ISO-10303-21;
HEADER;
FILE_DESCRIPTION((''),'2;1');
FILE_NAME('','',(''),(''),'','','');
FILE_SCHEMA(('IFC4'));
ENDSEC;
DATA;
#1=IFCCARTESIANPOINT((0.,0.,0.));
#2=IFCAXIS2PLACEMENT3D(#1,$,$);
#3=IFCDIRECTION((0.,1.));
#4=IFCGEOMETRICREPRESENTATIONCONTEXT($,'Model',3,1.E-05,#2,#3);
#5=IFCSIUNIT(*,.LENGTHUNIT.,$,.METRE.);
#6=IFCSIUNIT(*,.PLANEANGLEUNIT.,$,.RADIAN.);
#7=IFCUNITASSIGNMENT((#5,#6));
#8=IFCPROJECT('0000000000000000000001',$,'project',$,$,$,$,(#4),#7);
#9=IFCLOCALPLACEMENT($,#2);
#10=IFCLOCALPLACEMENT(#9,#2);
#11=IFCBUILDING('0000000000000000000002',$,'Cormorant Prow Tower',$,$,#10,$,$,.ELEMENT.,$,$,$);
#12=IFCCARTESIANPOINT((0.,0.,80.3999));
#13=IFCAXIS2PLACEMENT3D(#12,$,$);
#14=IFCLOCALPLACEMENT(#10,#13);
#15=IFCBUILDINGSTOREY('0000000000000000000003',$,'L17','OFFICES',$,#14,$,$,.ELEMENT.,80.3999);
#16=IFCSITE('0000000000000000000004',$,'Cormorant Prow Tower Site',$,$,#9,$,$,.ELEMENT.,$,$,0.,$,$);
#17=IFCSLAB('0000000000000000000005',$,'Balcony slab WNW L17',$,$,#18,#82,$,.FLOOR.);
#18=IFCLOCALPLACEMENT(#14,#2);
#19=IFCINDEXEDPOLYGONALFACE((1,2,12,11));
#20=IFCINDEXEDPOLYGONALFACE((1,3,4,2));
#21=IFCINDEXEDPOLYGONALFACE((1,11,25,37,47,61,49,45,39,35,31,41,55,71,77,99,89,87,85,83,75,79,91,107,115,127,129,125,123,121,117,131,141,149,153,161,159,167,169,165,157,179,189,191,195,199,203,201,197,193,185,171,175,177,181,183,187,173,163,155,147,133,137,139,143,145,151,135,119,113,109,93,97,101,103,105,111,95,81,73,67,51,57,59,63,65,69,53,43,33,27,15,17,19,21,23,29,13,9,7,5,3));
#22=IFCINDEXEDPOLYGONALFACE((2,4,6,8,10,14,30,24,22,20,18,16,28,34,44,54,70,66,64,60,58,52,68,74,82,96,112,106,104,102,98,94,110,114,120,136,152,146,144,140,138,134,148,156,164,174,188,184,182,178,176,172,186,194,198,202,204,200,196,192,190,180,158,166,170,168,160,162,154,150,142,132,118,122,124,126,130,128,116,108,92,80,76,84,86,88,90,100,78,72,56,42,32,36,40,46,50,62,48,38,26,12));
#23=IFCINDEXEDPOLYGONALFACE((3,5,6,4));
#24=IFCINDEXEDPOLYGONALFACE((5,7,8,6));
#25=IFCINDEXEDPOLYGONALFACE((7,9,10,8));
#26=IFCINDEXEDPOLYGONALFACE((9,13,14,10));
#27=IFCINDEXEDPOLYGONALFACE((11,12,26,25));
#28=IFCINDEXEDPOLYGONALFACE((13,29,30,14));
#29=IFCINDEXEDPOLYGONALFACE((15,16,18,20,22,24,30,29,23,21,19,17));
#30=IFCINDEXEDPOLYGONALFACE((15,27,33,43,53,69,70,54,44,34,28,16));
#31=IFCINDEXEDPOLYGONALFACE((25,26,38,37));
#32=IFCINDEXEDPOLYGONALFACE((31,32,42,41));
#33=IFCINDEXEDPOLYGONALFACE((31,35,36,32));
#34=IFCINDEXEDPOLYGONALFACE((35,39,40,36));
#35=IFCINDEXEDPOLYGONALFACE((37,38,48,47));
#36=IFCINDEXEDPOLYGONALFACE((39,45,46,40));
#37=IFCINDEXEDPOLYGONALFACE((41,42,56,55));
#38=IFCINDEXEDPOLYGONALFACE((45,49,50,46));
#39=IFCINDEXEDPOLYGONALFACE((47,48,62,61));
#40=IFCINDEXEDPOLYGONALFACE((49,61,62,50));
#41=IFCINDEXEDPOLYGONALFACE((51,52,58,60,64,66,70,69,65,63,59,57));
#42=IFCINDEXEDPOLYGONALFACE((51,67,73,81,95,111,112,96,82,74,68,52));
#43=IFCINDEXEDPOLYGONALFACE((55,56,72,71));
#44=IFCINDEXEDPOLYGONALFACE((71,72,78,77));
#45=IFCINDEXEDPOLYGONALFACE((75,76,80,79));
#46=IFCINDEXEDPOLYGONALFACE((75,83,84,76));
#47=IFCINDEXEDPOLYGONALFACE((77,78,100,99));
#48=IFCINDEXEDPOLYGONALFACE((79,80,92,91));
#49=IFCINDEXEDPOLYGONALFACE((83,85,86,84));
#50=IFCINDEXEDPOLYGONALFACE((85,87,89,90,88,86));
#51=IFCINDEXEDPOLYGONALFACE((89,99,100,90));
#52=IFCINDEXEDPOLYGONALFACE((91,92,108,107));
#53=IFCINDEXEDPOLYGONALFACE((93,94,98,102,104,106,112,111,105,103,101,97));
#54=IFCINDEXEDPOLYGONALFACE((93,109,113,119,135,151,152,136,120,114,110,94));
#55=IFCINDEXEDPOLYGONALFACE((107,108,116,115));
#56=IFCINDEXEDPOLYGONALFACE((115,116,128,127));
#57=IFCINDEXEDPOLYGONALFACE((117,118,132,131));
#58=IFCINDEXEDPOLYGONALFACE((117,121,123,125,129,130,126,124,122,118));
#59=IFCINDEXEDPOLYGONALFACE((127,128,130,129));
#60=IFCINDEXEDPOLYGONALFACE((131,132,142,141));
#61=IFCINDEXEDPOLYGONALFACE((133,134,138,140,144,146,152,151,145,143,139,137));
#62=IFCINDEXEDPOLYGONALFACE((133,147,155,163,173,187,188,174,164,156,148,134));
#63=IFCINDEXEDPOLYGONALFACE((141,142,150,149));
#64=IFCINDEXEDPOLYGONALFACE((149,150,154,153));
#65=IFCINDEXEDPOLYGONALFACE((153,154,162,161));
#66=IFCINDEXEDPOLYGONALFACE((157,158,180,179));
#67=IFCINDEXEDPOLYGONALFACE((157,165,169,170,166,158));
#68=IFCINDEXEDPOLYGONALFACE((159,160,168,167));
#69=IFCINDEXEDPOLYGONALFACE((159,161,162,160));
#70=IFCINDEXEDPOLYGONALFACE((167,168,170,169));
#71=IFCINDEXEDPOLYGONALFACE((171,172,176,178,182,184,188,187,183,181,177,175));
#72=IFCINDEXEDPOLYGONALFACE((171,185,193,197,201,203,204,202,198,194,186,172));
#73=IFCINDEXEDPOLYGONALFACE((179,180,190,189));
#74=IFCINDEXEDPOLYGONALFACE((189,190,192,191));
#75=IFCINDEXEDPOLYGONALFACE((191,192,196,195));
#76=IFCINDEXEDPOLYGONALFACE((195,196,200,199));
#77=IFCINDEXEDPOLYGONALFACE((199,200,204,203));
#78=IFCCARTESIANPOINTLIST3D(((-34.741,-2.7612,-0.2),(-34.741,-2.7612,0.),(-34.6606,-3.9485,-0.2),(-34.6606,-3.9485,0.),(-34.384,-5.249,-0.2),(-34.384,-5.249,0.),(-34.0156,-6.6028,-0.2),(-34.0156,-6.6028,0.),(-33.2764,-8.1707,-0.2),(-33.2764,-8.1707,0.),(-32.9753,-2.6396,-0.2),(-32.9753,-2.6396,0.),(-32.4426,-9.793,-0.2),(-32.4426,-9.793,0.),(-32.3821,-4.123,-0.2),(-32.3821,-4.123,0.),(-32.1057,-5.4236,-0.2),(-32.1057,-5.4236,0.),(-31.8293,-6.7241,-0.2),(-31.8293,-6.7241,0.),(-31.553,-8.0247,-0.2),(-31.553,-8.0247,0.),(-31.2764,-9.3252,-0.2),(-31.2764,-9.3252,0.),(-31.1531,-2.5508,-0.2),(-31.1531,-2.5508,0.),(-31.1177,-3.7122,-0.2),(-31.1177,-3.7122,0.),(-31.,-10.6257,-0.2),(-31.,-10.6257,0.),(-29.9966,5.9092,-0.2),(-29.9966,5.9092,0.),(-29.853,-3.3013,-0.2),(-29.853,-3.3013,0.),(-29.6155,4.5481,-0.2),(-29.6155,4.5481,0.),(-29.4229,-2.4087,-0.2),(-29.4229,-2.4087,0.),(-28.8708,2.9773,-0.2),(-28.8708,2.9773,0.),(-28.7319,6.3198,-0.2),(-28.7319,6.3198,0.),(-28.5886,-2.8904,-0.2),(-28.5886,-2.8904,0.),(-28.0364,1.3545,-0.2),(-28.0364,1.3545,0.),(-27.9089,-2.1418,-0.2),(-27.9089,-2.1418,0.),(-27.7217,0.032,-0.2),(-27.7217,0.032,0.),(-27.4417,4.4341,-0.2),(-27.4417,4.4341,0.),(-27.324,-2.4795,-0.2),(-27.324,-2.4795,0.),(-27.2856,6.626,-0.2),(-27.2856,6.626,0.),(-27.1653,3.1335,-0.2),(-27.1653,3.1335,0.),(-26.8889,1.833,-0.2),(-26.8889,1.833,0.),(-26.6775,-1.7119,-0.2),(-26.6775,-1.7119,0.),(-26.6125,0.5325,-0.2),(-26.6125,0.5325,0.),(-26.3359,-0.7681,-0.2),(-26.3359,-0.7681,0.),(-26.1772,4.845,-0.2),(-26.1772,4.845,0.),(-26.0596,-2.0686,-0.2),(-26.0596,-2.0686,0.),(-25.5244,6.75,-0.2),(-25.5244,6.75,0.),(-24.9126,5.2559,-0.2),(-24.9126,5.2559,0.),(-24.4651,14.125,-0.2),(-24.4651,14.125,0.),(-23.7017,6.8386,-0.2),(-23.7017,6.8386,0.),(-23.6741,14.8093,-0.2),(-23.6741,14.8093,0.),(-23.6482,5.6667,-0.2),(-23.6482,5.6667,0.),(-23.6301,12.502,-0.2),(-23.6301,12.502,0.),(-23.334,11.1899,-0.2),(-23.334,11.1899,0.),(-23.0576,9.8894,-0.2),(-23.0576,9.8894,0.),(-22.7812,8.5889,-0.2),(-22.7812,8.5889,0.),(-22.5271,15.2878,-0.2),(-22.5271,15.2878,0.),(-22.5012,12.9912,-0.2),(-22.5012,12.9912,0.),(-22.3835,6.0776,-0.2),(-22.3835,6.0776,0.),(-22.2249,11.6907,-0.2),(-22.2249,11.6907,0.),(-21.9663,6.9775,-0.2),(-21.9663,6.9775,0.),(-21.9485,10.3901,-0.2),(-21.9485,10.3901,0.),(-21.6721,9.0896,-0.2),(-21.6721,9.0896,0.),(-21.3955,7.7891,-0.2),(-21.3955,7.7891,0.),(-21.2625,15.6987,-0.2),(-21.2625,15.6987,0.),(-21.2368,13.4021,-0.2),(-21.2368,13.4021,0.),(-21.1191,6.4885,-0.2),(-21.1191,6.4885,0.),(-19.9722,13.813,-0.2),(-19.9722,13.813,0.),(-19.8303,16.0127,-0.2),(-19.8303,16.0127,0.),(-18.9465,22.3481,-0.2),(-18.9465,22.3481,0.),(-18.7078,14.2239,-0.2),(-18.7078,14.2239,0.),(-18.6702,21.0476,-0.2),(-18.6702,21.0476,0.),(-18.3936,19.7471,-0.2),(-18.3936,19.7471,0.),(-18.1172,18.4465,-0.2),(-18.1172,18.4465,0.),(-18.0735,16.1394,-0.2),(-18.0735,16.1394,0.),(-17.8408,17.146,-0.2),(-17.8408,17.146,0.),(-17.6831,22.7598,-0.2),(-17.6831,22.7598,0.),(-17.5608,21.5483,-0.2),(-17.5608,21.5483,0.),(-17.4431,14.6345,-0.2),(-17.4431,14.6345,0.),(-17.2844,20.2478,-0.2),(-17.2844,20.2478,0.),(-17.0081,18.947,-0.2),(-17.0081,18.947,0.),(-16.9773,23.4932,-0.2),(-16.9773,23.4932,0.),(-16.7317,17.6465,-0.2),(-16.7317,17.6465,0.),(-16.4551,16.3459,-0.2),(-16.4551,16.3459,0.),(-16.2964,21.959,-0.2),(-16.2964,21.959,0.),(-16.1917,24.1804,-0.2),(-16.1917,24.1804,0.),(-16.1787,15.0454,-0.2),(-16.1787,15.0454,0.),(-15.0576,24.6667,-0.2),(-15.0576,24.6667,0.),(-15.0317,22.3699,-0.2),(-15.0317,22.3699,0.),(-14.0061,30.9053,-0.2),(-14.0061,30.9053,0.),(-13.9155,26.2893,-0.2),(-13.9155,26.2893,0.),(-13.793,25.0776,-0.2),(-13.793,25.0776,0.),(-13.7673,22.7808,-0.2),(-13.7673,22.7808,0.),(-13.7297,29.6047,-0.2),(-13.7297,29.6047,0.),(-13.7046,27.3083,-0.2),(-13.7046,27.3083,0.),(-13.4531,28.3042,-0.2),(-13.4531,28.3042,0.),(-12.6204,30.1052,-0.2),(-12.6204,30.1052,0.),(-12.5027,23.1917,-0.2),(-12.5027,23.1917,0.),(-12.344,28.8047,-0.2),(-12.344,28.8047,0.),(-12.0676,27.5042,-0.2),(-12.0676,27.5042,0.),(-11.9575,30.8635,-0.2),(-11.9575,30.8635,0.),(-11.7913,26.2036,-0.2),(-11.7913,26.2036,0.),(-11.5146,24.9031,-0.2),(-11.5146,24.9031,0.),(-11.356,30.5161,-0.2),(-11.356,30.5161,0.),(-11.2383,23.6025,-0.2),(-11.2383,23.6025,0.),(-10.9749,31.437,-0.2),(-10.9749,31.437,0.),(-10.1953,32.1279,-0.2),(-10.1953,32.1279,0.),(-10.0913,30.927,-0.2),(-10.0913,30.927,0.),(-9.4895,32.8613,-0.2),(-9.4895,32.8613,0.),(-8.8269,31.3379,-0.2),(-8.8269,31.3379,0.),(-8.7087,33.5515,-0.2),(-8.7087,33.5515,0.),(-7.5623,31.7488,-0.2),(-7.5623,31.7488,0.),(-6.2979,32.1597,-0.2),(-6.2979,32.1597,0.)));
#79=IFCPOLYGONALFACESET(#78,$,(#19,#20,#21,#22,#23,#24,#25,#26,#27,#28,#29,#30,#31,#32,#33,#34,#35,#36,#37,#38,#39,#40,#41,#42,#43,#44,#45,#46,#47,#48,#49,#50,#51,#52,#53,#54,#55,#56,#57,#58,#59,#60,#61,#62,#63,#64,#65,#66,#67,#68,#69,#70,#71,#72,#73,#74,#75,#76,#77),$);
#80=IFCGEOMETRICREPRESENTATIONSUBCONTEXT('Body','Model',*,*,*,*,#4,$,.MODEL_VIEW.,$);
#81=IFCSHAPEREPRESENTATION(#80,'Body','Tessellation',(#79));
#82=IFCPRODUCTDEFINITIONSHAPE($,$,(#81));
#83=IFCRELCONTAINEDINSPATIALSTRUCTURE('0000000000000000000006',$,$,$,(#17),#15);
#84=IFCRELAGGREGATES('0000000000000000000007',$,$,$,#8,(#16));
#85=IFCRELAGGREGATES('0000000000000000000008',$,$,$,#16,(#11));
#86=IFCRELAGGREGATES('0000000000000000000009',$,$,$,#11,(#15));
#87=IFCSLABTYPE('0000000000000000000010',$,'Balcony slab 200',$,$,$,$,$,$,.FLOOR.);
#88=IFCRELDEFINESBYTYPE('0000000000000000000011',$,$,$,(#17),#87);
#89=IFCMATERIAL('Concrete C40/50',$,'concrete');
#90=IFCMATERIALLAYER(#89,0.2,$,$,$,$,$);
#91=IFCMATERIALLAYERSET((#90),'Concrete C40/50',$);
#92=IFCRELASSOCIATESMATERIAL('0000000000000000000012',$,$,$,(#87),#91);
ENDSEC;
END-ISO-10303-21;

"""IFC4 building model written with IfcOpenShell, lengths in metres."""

from ifc_helpers import new_model, si_unit, direction, frame, origin, place, context, subcontext, project, spatial, polyline, outline, extrude, material, layer, layer_set, type_object, element, save


model = new_model("IFC4")

# Units and contexts
model_context = context("Model", 3, precision=1e-05, world=origin(), true_north=direction((0.0, 1.0)))
body_context = subcontext(model_context, "Body", "Model", "MODEL_VIEW")
ifc_project = project(units=[si_unit("LENGTHUNIT", "METRE"), si_unit("PLANEANGLEUNIT", "RADIAN")], contexts=[model_context])

# Site, building, storey
site_placement = place(None, origin())
site = spatial("IfcSite", under=ifc_project, at=site_placement, Name="Cormorant Prow Tower Site", CompositionType="ELEMENT", RefElevation=0.0)
building_placement = place(site_placement, origin())
building = spatial("IfcBuilding", under=site, at=building_placement, Name="Cormorant Prow Tower", CompositionType="ELEMENT")
storey_placement = place(building_placement, frame((0.0, 0.0, 80.3999)))
storey = spatial("IfcBuildingStorey", under=building, at=storey_placement, Name="L17", Description="OFFICES", CompositionType="ELEMENT", Elevation=80.3999)

# Slab
ifc_material_1 = material(Name="Concrete C40/50", Category="concrete")
ifc_layer_1 = layer(ifc_material_1, 0.2)
ifc_layer_set_1 = layer_set([ifc_layer_1], Name="Concrete C40/50")
slab_type_1 = type_object("IfcSlabType", Name="Balcony slab 200", PredefinedType="FLOOR", material=ifc_layer_set_1)
slab_1_placement = place(storey_placement, frame((0.0, 0.0, -0.2)))
element("IfcSlab", 1, at=slab_1_placement, inside=storey, type_object=slab_type_1, Name="Balcony slab WNW L17", PredefinedType="FLOOR", context=body_context, shape_type="SweptSolid", body=[
    extrude(outline(polyline([(-6.2979, 32.1597), (-8.7087, 33.5515), (-9.4895, 32.8613), (-10.1953, 32.1279), (-10.9749, 31.437), (-11.9575, 30.8635), (-14.0061, 30.9053), (-13.7297, 29.6047), (-13.4531, 28.3042), (-13.7046, 27.3083), (-13.9155, 26.2893), (-13.793, 25.0776), (-15.0576, 24.6667), (-16.1917, 24.1804), (-16.9773, 23.4932), (-17.6831, 22.7598), (-18.9465, 22.3481), (-18.6702, 21.0476), (-18.3936, 19.7471), (-18.1172, 18.4465), (-17.8408, 17.146), (-18.0735, 16.1394), (-19.8303, 16.0127), (-21.2625, 15.6987), (-22.5271, 15.2878), (-23.6741, 14.8093), (-24.4651, 14.125), (-23.6301, 12.502), (-23.334, 11.1899), (-23.0576, 9.8894), (-22.7812, 8.5889), (-21.9663, 6.9775), (-23.7017, 6.8386), (-25.5244, 6.75), (-27.2856, 6.626), (-28.7319, 6.3198), (-29.9966, 5.9092), (-29.6155, 4.5481), (-28.8708, 2.9773), (-28.0364, 1.3545), (-27.7217, 0.032), (-26.6775, -1.7119), (-27.9089, -2.1418), (-29.4229, -2.4087), (-31.1531, -2.5508), (-32.9753, -2.6396), (-34.741, -2.7612), (-34.6606, -3.9485), (-34.384, -5.249), (-34.0156, -6.6028), (-33.2764, -8.1707), (-32.4426, -9.793), (-31.0, -10.6257), (-31.2764, -9.3252), (-31.553, -8.0247), (-31.8293, -6.7241), (-32.1057, -5.4236), (-32.3821, -4.123), (-31.1177, -3.7122), (-29.853, -3.3013), (-28.5886, -2.8904), (-27.324, -2.4795), (-26.0596, -2.0686), (-26.3359, -0.7681), (-26.6125, 0.5325), (-26.8889, 1.833), (-27.1653, 3.1335), (-27.4417, 4.4341), (-26.1772, 4.845), (-24.9126, 5.2559), (-23.6482, 5.6667), (-22.3835, 6.0776), (-21.1191, 6.4885), (-21.3955, 7.7891), (-21.6721, 9.0896), (-21.9485, 10.3901), (-22.2249, 11.6907), (-22.5012, 12.9912), (-21.2368, 13.4021), (-19.9722, 13.813), (-18.7078, 14.2239), (-17.4431, 14.6345), (-16.1787, 15.0454), (-16.4551, 16.3459), (-16.7317, 17.6465), (-17.0081, 18.947), (-17.2844, 20.2478), (-17.5608, 21.5483), (-16.2964, 21.959), (-15.0317, 22.3699), (-13.7673, 22.7808), (-12.5027, 23.1917), (-11.2383, 23.6025), (-11.5146, 24.9031), (-11.7913, 26.2036), (-12.0676, 27.5042), (-12.344, 28.8047), (-12.6204, 30.1052), (-11.356, 30.5161), (-10.0913, 30.927), (-8.8269, 31.3379), (-7.5623, 31.7488), (-6.2979, 32.1597)])), origin(), (0.0, 0.0, 1.0), 0.2),
])

save(model, "model.ifc")
